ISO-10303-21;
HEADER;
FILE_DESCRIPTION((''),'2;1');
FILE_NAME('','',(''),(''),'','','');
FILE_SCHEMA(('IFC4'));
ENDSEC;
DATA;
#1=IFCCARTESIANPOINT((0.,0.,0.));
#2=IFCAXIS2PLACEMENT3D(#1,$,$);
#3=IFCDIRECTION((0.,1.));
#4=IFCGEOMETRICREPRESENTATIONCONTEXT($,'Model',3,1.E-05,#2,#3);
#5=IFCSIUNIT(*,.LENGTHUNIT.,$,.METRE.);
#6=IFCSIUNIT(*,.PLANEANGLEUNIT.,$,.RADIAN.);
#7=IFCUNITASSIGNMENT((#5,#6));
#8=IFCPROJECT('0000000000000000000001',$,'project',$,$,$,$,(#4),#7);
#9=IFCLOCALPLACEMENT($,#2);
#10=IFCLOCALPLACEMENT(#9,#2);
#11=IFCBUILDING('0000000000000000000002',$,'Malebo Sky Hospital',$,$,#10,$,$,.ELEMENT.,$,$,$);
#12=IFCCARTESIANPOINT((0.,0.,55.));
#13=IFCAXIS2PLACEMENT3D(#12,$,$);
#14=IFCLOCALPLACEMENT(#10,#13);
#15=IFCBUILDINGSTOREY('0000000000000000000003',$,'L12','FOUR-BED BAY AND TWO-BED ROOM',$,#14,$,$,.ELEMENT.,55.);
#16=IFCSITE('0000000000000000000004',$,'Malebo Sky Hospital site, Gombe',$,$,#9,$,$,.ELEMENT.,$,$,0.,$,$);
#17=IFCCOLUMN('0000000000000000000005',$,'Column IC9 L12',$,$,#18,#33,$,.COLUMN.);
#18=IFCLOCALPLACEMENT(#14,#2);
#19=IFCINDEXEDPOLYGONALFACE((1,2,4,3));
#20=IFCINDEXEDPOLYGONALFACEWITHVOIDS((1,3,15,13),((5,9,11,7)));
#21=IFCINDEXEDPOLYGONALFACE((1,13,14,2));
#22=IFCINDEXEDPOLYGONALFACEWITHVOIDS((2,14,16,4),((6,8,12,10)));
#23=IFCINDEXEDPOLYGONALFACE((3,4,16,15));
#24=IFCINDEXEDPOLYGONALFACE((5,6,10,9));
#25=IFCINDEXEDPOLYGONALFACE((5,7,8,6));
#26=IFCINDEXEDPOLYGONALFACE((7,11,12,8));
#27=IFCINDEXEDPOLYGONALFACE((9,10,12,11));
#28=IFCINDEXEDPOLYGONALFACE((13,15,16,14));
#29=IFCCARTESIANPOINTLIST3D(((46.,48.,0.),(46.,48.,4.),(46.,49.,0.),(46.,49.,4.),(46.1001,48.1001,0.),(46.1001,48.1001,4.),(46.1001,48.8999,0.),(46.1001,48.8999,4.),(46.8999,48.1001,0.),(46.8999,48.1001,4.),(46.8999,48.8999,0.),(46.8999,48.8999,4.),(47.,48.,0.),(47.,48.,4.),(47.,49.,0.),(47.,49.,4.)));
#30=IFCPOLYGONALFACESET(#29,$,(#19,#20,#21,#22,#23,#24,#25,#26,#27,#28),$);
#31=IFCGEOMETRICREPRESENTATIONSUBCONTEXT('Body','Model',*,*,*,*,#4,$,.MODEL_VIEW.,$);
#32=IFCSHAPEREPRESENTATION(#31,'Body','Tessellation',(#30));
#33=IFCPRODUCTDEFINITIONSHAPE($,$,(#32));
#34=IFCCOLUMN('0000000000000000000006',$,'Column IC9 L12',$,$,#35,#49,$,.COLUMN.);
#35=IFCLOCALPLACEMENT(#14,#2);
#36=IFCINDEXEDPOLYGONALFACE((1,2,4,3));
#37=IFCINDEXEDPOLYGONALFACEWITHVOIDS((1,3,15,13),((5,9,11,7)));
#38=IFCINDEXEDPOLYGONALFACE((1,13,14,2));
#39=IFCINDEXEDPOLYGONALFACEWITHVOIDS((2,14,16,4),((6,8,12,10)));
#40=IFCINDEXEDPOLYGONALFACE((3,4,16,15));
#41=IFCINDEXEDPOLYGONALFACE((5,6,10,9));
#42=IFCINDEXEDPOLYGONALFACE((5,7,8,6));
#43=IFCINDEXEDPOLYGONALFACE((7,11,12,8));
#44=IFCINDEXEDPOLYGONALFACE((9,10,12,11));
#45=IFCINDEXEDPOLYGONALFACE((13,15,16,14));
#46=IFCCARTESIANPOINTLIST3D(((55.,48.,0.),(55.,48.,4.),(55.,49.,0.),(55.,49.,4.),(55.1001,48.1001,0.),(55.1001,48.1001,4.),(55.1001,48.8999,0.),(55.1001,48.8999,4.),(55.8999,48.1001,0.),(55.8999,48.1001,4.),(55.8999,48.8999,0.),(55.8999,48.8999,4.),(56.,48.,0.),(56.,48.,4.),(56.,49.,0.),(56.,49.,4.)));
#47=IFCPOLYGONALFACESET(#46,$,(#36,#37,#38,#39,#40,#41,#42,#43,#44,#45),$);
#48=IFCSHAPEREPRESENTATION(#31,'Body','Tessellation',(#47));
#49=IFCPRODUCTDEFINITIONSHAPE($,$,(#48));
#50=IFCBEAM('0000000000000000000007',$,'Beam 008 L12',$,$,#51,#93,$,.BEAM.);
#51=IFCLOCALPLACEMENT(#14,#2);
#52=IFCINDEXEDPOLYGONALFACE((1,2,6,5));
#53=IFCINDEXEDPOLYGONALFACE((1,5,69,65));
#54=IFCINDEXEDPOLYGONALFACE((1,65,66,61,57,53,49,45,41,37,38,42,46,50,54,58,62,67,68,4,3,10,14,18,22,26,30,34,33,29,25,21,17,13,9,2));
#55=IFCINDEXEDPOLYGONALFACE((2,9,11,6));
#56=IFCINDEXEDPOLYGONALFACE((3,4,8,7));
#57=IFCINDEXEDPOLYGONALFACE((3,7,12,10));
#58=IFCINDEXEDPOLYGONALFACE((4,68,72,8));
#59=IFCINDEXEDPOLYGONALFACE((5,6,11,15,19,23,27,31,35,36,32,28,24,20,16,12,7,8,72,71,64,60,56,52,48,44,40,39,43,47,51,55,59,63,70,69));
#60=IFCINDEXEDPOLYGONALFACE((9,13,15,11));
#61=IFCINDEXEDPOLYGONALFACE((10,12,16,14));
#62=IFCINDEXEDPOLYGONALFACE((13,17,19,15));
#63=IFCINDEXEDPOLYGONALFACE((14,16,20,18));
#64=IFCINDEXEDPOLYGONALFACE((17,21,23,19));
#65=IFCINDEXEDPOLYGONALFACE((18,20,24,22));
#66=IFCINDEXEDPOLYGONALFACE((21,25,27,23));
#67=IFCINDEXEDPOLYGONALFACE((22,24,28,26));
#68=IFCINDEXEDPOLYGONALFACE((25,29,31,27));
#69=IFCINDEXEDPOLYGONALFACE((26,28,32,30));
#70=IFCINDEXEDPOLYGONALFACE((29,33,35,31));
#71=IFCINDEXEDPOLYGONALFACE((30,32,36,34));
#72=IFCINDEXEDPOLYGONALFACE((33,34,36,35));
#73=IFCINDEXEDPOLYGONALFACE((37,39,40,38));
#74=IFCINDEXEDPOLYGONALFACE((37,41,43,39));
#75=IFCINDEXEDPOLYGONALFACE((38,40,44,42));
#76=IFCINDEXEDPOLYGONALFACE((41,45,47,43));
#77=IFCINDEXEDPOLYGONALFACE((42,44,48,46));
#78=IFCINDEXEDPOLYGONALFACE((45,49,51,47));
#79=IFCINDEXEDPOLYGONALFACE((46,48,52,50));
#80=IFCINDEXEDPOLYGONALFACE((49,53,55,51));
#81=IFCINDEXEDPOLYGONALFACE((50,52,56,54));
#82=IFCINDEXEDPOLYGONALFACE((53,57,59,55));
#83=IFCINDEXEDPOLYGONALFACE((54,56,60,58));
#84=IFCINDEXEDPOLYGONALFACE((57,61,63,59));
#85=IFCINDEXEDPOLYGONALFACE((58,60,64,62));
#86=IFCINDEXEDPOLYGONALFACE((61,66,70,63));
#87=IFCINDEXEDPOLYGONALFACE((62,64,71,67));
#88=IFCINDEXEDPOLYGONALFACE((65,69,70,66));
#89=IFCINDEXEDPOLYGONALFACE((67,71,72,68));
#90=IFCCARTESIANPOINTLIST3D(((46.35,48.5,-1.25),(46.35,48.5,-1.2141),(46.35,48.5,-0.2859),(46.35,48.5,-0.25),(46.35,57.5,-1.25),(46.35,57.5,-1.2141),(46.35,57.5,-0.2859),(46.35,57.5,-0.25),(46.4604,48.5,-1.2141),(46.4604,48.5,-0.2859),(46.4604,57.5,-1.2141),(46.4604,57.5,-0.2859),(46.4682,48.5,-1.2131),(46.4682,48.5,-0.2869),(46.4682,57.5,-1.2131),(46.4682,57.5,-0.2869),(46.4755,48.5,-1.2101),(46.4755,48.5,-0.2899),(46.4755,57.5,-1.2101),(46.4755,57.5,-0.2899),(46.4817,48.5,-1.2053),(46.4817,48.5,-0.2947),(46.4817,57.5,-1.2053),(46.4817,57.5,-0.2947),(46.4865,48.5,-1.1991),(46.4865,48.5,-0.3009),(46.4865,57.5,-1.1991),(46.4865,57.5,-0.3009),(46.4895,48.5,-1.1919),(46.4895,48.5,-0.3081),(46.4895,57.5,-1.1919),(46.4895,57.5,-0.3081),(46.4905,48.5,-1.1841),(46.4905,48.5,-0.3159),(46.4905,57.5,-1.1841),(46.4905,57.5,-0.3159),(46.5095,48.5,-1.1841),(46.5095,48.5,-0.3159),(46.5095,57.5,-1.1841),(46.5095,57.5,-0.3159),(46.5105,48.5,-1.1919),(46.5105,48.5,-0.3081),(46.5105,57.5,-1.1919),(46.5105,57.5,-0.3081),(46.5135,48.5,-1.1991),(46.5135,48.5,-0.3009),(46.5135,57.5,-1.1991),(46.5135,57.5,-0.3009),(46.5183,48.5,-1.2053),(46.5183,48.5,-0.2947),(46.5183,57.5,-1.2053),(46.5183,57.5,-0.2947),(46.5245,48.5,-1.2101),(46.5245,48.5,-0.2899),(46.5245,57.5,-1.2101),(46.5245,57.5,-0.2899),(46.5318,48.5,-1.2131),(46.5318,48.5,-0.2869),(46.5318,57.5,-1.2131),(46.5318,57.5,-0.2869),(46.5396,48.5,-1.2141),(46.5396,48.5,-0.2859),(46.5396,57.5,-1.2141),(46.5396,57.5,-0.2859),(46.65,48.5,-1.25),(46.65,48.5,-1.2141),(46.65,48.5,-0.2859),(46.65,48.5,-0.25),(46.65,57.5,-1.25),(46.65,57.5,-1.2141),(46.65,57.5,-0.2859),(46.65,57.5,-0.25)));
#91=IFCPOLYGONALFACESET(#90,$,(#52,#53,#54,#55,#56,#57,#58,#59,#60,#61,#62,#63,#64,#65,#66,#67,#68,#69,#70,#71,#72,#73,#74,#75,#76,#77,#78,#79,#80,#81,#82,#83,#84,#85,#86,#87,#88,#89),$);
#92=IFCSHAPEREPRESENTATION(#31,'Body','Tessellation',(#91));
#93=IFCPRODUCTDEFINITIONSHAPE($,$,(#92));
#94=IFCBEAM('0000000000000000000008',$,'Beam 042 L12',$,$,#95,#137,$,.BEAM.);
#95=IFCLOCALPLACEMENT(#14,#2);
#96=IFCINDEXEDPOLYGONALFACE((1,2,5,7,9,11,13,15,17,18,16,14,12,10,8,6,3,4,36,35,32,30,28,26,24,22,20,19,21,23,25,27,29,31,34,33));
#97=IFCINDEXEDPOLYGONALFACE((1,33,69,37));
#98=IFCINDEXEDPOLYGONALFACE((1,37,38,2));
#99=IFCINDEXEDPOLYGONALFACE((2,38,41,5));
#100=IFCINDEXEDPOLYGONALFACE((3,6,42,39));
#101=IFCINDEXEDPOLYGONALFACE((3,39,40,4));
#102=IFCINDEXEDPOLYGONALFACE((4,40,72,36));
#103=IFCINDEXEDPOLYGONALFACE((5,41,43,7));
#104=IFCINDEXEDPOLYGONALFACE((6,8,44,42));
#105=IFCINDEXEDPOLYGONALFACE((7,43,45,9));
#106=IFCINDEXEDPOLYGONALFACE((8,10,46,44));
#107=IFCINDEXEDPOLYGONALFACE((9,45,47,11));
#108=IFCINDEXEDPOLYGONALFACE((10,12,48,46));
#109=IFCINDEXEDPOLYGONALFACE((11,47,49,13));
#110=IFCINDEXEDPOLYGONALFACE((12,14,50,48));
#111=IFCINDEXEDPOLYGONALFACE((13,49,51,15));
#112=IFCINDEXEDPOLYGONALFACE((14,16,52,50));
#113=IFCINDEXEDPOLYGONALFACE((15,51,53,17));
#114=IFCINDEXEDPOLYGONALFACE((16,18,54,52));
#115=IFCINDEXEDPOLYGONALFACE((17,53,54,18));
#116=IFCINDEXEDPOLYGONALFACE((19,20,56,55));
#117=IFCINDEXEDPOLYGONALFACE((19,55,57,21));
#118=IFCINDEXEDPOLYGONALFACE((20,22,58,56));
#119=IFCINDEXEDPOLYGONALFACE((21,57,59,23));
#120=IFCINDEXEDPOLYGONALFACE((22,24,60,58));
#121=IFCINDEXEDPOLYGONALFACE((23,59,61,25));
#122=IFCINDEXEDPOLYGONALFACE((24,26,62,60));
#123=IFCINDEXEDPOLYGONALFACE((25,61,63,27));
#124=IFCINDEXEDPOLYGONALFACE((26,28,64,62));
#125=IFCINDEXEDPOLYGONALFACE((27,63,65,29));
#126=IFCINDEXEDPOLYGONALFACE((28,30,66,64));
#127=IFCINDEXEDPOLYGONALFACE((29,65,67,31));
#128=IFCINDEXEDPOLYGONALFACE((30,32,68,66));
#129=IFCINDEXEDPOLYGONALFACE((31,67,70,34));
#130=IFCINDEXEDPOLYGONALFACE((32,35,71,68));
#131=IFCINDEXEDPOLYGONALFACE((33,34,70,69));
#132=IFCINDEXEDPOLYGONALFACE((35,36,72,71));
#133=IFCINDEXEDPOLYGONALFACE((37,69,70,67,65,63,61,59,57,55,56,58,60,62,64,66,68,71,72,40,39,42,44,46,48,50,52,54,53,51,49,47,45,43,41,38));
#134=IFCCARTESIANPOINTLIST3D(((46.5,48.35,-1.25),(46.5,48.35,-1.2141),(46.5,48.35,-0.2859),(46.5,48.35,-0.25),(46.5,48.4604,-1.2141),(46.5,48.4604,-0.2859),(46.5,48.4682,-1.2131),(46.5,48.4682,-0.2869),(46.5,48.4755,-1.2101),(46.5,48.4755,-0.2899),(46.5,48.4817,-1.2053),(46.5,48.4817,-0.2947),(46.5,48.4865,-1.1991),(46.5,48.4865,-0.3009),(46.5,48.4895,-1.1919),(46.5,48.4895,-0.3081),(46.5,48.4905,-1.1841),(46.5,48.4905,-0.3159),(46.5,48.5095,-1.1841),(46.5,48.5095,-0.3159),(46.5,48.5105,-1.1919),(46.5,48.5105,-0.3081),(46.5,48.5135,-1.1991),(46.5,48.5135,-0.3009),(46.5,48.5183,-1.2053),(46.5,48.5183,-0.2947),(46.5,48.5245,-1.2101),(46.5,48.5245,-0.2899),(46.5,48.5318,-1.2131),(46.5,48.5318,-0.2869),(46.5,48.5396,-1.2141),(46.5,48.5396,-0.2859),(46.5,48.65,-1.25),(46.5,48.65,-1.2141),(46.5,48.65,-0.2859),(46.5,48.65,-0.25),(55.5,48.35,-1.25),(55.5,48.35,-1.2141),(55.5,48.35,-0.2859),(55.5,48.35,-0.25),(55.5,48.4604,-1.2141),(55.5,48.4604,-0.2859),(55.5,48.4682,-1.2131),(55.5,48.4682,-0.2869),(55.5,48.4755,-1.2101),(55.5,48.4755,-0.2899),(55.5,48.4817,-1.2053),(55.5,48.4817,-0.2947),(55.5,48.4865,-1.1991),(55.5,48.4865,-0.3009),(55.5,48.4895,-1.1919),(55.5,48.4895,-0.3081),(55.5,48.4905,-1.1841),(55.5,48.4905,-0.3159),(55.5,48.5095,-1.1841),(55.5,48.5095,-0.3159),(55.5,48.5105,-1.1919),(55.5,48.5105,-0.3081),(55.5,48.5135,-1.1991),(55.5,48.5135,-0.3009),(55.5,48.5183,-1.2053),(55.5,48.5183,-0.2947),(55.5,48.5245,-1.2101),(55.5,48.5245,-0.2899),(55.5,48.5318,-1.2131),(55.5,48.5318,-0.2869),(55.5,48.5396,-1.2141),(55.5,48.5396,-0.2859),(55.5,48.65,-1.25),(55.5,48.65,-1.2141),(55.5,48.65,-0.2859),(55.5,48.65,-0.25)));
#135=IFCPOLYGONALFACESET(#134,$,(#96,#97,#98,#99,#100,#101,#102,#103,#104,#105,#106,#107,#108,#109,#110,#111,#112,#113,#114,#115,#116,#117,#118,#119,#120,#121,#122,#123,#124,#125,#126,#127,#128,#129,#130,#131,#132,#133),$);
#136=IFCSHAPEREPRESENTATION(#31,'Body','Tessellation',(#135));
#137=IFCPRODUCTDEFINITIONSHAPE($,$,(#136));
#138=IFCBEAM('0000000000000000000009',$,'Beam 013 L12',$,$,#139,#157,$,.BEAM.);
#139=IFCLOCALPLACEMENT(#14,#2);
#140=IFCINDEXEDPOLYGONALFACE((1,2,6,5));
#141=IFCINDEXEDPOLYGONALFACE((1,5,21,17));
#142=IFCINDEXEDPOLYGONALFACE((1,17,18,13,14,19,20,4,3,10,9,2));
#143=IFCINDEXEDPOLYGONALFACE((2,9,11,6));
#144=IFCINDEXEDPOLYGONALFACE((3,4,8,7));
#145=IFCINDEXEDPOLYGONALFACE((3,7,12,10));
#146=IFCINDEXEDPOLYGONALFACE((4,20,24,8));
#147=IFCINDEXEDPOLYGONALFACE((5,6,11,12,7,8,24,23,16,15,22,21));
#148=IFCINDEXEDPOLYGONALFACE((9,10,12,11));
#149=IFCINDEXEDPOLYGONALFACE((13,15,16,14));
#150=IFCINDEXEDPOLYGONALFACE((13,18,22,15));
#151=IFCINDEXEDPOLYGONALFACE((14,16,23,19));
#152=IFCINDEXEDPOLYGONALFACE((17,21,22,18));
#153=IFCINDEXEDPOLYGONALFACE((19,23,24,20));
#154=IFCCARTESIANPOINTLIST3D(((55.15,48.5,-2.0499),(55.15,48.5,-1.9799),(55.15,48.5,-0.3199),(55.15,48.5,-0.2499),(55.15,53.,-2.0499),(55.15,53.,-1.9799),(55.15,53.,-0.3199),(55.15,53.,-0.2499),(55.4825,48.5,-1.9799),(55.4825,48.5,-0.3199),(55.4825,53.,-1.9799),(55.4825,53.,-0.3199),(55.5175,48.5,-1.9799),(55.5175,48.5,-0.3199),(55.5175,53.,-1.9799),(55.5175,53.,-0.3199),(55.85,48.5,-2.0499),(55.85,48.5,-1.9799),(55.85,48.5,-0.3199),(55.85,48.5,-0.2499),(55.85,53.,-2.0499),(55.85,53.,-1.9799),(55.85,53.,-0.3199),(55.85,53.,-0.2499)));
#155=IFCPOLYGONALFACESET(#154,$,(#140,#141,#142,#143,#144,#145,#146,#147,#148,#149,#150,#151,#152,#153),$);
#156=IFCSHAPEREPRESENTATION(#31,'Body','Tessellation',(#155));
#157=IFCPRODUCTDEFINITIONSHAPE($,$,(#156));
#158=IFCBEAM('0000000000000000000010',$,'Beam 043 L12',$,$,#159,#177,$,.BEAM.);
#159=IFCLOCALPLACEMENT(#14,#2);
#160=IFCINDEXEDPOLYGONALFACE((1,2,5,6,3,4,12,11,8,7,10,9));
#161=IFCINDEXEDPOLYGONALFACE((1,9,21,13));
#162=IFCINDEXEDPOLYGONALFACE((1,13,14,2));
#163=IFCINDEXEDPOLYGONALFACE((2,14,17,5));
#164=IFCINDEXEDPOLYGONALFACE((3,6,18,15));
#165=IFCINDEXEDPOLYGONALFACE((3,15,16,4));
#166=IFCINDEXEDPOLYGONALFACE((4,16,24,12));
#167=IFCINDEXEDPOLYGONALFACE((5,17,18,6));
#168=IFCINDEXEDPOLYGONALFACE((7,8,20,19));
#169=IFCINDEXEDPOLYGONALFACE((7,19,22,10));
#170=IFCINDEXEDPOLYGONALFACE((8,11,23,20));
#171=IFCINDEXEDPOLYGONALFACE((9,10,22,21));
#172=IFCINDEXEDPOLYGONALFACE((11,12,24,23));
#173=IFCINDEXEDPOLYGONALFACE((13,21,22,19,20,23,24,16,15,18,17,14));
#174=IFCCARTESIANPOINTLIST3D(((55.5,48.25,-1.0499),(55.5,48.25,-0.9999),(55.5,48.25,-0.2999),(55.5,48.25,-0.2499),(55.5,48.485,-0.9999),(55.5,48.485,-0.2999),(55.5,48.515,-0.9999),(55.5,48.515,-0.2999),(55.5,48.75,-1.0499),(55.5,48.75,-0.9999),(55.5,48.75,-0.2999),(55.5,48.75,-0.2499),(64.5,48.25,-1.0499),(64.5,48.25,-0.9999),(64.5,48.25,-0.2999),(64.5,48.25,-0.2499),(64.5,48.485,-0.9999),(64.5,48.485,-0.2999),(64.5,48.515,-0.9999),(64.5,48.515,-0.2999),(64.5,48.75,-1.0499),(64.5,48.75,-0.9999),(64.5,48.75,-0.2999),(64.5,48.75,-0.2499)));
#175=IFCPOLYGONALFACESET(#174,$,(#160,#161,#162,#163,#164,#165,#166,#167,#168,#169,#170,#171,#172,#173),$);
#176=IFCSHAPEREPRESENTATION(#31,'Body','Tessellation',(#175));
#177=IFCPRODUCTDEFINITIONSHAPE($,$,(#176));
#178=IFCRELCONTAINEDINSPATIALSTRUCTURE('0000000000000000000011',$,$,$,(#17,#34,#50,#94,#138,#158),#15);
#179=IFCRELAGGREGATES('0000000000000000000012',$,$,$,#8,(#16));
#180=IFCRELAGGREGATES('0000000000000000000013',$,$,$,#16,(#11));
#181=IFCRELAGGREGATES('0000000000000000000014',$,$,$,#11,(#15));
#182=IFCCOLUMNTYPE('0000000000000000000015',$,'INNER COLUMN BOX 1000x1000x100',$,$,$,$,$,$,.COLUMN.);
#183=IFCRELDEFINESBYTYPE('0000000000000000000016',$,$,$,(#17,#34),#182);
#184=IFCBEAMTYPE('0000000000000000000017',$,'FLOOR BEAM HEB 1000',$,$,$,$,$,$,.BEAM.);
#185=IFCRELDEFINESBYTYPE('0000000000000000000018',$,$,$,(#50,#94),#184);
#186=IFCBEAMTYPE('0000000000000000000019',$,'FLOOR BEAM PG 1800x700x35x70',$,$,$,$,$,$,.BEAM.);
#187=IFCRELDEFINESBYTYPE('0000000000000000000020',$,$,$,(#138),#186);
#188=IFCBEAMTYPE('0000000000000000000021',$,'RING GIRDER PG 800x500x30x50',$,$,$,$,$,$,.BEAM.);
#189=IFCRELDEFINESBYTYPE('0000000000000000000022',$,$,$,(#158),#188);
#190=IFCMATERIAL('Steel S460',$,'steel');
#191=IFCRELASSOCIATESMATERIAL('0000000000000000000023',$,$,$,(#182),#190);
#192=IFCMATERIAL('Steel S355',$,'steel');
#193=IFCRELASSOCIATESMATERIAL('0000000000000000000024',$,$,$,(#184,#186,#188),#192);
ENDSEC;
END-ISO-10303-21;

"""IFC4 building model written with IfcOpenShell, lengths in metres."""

from ifc_helpers import new_model, si_unit, direction, frame, origin, origin_2d, place, context, subcontext, project, spatial, hollow_rectangle, i_section, extrude, material, material_profile, profile_set, type_object, element, save


model = new_model("IFC4")

# Units and contexts
model_context = context("Model", 3, precision=1e-05, world=origin(), true_north=direction((0.0, 1.0)))
body_context = subcontext(model_context, "Body", "Model", "MODEL_VIEW")
ifc_project = project(units=[si_unit("LENGTHUNIT", "METRE"), si_unit("PLANEANGLEUNIT", "RADIAN")], contexts=[model_context])

# Site, building, storey
site_placement = place(None, origin())
site = spatial("IfcSite", under=ifc_project, at=site_placement, Name="Malebo Sky Hospital site, Gombe", CompositionType="ELEMENT", RefElevation=0.0)
building_placement = place(site_placement, origin())
building = spatial("IfcBuilding", under=site, at=building_placement, Name="Malebo Sky Hospital", CompositionType="ELEMENT")
storey_placement = place(building_placement, frame((0.0, 0.0, 55.0)))
storey = spatial("IfcBuildingStorey", under=building, at=storey_placement, Name="L12", Description="FOUR-BED BAY AND TWO-BED ROOM", CompositionType="ELEMENT", Elevation=55.0)

# Columns
ifc_material_1 = material(Name="Steel S460", Category="steel")
ifc_material_profile_1 = material_profile(ifc_material_1, hollow_rectangle(XDim=1.0, YDim=1.0, WallThickness=0.1001, at=origin_2d()), Name="BOX 1000x1000x100")
ifc_profile_set_1 = profile_set([ifc_material_profile_1], Name="Steel S460")
column_type = type_object("IfcColumnType", Name="INNER COLUMN BOX 1000x1000x100", PredefinedType="COLUMN", material=ifc_profile_set_1)
for number, where, z_axis, x_axis, name in (
    (1, (46.5, 48.5, 0.0), (0.0, 0.0, 1.0), (1.0, 0.0, 0.0), "Column IC9 L12"),
    (2, (55.5, 48.5, 0.0), (0.0, 0.0, 1.0), (1.0, 0.0, 0.0), "Column IC9 L12"),
):
    element("IfcColumn", number, at=place(storey_placement, frame(where, z_axis=z_axis, x_axis=x_axis)), inside=storey, type_object=column_type, Name=name, PredefinedType="COLUMN", context=body_context, shape_type="SweptSolid", body=[
        extrude(hollow_rectangle(XDim=1.0, YDim=1.0, WallThickness=0.1001, at=origin_2d()), origin(), (0.0, 0.0, 1.0), 4.0),
    ])

# Beams
ifc_material_2 = material(Name="Steel S355", Category="steel")
ifc_material_profile_2 = material_profile(ifc_material_2, i_section(OverallWidth=0.3, OverallDepth=1.0, WebThickness=0.019, FlangeThickness=0.0359, FilletRadius=0.03, at=origin_2d()), Name="HEB 1000")
ifc_profile_set_2 = profile_set([ifc_material_profile_2], Name="Steel S355")
beam_type_1 = type_object("IfcBeamType", Name="FLOOR BEAM HEB 1000", PredefinedType="BEAM", material=ifc_profile_set_2)
for number, where, z_axis, x_axis, name in (
    (3, (46.5, 48.5, -0.75), (0.0, 1.0, 0.0), (-1.0, 0.0, 0.0), "Beam 008 L12"),
    (4, (46.5, 48.5, -0.75), (1.0, 0.0, 0.0), (0.0, 1.0, 0.0), "Beam 042 L12"),
):
    element("IfcBeam", number, at=place(storey_placement, frame(where, z_axis=z_axis, x_axis=x_axis)), inside=storey, type_object=beam_type_1, Name=name, PredefinedType="BEAM", context=body_context, shape_type="SweptSolid", body=[
        extrude(i_section(OverallWidth=0.3, OverallDepth=1.0, WebThickness=0.019, FlangeThickness=0.0359, FilletRadius=0.03, at=origin_2d()), origin(), (0.0, 0.0, 1.0), 9.0),
    ])
ifc_material_profile_3 = material_profile(ifc_material_2, i_section(OverallWidth=0.7, OverallDepth=1.8, WebThickness=0.0349, FlangeThickness=0.0701, at=origin_2d()), Name="PG 1800x700x35x70")
ifc_profile_set_3 = profile_set([ifc_material_profile_3], Name="Steel S355")
beam_type_2 = type_object("IfcBeamType", Name="FLOOR BEAM PG 1800x700x35x70", PredefinedType="BEAM", material=ifc_profile_set_3)
beam_1_placement = place(storey_placement, frame((55.5, 48.5, -1.1499), z_axis=(0.0, 1.0, 0.0), x_axis=(-1.0, 0.0, 0.0)))
element("IfcBeam", 5, at=beam_1_placement, inside=storey, type_object=beam_type_2, Name="Beam 013 L12", PredefinedType="BEAM", context=body_context, shape_type="SweptSolid", body=[
    extrude(i_section(OverallWidth=0.7, OverallDepth=1.8, WebThickness=0.0349, FlangeThickness=0.0701, at=origin_2d()), origin(), (0.0, 0.0, 1.0), 4.5),
])
ifc_material_profile_4 = material_profile(ifc_material_2, i_section(OverallWidth=0.5, OverallDepth=0.8, WebThickness=0.03, FlangeThickness=0.05, at=origin_2d()), Name="PG 800x500x30x50")
ifc_profile_set_4 = profile_set([ifc_material_profile_4], Name="Steel S355")
beam_type_3 = type_object("IfcBeamType", Name="RING GIRDER PG 800x500x30x50", PredefinedType="BEAM", material=ifc_profile_set_4)
beam_2_placement = place(storey_placement, frame((55.5, 48.5, -0.6499), z_axis=(1.0, 0.0, 0.0), x_axis=(0.0, 1.0, 0.0)))
element("IfcBeam", 6, at=beam_2_placement, inside=storey, type_object=beam_type_3, Name="Beam 043 L12", PredefinedType="BEAM", context=body_context, shape_type="SweptSolid", body=[
    extrude(i_section(OverallWidth=0.5, OverallDepth=0.8, WebThickness=0.03, FlangeThickness=0.05, at=origin_2d()), origin(), (0.0, 0.0, 1.0), 9.0),
])

save(model, "model.ifc")
